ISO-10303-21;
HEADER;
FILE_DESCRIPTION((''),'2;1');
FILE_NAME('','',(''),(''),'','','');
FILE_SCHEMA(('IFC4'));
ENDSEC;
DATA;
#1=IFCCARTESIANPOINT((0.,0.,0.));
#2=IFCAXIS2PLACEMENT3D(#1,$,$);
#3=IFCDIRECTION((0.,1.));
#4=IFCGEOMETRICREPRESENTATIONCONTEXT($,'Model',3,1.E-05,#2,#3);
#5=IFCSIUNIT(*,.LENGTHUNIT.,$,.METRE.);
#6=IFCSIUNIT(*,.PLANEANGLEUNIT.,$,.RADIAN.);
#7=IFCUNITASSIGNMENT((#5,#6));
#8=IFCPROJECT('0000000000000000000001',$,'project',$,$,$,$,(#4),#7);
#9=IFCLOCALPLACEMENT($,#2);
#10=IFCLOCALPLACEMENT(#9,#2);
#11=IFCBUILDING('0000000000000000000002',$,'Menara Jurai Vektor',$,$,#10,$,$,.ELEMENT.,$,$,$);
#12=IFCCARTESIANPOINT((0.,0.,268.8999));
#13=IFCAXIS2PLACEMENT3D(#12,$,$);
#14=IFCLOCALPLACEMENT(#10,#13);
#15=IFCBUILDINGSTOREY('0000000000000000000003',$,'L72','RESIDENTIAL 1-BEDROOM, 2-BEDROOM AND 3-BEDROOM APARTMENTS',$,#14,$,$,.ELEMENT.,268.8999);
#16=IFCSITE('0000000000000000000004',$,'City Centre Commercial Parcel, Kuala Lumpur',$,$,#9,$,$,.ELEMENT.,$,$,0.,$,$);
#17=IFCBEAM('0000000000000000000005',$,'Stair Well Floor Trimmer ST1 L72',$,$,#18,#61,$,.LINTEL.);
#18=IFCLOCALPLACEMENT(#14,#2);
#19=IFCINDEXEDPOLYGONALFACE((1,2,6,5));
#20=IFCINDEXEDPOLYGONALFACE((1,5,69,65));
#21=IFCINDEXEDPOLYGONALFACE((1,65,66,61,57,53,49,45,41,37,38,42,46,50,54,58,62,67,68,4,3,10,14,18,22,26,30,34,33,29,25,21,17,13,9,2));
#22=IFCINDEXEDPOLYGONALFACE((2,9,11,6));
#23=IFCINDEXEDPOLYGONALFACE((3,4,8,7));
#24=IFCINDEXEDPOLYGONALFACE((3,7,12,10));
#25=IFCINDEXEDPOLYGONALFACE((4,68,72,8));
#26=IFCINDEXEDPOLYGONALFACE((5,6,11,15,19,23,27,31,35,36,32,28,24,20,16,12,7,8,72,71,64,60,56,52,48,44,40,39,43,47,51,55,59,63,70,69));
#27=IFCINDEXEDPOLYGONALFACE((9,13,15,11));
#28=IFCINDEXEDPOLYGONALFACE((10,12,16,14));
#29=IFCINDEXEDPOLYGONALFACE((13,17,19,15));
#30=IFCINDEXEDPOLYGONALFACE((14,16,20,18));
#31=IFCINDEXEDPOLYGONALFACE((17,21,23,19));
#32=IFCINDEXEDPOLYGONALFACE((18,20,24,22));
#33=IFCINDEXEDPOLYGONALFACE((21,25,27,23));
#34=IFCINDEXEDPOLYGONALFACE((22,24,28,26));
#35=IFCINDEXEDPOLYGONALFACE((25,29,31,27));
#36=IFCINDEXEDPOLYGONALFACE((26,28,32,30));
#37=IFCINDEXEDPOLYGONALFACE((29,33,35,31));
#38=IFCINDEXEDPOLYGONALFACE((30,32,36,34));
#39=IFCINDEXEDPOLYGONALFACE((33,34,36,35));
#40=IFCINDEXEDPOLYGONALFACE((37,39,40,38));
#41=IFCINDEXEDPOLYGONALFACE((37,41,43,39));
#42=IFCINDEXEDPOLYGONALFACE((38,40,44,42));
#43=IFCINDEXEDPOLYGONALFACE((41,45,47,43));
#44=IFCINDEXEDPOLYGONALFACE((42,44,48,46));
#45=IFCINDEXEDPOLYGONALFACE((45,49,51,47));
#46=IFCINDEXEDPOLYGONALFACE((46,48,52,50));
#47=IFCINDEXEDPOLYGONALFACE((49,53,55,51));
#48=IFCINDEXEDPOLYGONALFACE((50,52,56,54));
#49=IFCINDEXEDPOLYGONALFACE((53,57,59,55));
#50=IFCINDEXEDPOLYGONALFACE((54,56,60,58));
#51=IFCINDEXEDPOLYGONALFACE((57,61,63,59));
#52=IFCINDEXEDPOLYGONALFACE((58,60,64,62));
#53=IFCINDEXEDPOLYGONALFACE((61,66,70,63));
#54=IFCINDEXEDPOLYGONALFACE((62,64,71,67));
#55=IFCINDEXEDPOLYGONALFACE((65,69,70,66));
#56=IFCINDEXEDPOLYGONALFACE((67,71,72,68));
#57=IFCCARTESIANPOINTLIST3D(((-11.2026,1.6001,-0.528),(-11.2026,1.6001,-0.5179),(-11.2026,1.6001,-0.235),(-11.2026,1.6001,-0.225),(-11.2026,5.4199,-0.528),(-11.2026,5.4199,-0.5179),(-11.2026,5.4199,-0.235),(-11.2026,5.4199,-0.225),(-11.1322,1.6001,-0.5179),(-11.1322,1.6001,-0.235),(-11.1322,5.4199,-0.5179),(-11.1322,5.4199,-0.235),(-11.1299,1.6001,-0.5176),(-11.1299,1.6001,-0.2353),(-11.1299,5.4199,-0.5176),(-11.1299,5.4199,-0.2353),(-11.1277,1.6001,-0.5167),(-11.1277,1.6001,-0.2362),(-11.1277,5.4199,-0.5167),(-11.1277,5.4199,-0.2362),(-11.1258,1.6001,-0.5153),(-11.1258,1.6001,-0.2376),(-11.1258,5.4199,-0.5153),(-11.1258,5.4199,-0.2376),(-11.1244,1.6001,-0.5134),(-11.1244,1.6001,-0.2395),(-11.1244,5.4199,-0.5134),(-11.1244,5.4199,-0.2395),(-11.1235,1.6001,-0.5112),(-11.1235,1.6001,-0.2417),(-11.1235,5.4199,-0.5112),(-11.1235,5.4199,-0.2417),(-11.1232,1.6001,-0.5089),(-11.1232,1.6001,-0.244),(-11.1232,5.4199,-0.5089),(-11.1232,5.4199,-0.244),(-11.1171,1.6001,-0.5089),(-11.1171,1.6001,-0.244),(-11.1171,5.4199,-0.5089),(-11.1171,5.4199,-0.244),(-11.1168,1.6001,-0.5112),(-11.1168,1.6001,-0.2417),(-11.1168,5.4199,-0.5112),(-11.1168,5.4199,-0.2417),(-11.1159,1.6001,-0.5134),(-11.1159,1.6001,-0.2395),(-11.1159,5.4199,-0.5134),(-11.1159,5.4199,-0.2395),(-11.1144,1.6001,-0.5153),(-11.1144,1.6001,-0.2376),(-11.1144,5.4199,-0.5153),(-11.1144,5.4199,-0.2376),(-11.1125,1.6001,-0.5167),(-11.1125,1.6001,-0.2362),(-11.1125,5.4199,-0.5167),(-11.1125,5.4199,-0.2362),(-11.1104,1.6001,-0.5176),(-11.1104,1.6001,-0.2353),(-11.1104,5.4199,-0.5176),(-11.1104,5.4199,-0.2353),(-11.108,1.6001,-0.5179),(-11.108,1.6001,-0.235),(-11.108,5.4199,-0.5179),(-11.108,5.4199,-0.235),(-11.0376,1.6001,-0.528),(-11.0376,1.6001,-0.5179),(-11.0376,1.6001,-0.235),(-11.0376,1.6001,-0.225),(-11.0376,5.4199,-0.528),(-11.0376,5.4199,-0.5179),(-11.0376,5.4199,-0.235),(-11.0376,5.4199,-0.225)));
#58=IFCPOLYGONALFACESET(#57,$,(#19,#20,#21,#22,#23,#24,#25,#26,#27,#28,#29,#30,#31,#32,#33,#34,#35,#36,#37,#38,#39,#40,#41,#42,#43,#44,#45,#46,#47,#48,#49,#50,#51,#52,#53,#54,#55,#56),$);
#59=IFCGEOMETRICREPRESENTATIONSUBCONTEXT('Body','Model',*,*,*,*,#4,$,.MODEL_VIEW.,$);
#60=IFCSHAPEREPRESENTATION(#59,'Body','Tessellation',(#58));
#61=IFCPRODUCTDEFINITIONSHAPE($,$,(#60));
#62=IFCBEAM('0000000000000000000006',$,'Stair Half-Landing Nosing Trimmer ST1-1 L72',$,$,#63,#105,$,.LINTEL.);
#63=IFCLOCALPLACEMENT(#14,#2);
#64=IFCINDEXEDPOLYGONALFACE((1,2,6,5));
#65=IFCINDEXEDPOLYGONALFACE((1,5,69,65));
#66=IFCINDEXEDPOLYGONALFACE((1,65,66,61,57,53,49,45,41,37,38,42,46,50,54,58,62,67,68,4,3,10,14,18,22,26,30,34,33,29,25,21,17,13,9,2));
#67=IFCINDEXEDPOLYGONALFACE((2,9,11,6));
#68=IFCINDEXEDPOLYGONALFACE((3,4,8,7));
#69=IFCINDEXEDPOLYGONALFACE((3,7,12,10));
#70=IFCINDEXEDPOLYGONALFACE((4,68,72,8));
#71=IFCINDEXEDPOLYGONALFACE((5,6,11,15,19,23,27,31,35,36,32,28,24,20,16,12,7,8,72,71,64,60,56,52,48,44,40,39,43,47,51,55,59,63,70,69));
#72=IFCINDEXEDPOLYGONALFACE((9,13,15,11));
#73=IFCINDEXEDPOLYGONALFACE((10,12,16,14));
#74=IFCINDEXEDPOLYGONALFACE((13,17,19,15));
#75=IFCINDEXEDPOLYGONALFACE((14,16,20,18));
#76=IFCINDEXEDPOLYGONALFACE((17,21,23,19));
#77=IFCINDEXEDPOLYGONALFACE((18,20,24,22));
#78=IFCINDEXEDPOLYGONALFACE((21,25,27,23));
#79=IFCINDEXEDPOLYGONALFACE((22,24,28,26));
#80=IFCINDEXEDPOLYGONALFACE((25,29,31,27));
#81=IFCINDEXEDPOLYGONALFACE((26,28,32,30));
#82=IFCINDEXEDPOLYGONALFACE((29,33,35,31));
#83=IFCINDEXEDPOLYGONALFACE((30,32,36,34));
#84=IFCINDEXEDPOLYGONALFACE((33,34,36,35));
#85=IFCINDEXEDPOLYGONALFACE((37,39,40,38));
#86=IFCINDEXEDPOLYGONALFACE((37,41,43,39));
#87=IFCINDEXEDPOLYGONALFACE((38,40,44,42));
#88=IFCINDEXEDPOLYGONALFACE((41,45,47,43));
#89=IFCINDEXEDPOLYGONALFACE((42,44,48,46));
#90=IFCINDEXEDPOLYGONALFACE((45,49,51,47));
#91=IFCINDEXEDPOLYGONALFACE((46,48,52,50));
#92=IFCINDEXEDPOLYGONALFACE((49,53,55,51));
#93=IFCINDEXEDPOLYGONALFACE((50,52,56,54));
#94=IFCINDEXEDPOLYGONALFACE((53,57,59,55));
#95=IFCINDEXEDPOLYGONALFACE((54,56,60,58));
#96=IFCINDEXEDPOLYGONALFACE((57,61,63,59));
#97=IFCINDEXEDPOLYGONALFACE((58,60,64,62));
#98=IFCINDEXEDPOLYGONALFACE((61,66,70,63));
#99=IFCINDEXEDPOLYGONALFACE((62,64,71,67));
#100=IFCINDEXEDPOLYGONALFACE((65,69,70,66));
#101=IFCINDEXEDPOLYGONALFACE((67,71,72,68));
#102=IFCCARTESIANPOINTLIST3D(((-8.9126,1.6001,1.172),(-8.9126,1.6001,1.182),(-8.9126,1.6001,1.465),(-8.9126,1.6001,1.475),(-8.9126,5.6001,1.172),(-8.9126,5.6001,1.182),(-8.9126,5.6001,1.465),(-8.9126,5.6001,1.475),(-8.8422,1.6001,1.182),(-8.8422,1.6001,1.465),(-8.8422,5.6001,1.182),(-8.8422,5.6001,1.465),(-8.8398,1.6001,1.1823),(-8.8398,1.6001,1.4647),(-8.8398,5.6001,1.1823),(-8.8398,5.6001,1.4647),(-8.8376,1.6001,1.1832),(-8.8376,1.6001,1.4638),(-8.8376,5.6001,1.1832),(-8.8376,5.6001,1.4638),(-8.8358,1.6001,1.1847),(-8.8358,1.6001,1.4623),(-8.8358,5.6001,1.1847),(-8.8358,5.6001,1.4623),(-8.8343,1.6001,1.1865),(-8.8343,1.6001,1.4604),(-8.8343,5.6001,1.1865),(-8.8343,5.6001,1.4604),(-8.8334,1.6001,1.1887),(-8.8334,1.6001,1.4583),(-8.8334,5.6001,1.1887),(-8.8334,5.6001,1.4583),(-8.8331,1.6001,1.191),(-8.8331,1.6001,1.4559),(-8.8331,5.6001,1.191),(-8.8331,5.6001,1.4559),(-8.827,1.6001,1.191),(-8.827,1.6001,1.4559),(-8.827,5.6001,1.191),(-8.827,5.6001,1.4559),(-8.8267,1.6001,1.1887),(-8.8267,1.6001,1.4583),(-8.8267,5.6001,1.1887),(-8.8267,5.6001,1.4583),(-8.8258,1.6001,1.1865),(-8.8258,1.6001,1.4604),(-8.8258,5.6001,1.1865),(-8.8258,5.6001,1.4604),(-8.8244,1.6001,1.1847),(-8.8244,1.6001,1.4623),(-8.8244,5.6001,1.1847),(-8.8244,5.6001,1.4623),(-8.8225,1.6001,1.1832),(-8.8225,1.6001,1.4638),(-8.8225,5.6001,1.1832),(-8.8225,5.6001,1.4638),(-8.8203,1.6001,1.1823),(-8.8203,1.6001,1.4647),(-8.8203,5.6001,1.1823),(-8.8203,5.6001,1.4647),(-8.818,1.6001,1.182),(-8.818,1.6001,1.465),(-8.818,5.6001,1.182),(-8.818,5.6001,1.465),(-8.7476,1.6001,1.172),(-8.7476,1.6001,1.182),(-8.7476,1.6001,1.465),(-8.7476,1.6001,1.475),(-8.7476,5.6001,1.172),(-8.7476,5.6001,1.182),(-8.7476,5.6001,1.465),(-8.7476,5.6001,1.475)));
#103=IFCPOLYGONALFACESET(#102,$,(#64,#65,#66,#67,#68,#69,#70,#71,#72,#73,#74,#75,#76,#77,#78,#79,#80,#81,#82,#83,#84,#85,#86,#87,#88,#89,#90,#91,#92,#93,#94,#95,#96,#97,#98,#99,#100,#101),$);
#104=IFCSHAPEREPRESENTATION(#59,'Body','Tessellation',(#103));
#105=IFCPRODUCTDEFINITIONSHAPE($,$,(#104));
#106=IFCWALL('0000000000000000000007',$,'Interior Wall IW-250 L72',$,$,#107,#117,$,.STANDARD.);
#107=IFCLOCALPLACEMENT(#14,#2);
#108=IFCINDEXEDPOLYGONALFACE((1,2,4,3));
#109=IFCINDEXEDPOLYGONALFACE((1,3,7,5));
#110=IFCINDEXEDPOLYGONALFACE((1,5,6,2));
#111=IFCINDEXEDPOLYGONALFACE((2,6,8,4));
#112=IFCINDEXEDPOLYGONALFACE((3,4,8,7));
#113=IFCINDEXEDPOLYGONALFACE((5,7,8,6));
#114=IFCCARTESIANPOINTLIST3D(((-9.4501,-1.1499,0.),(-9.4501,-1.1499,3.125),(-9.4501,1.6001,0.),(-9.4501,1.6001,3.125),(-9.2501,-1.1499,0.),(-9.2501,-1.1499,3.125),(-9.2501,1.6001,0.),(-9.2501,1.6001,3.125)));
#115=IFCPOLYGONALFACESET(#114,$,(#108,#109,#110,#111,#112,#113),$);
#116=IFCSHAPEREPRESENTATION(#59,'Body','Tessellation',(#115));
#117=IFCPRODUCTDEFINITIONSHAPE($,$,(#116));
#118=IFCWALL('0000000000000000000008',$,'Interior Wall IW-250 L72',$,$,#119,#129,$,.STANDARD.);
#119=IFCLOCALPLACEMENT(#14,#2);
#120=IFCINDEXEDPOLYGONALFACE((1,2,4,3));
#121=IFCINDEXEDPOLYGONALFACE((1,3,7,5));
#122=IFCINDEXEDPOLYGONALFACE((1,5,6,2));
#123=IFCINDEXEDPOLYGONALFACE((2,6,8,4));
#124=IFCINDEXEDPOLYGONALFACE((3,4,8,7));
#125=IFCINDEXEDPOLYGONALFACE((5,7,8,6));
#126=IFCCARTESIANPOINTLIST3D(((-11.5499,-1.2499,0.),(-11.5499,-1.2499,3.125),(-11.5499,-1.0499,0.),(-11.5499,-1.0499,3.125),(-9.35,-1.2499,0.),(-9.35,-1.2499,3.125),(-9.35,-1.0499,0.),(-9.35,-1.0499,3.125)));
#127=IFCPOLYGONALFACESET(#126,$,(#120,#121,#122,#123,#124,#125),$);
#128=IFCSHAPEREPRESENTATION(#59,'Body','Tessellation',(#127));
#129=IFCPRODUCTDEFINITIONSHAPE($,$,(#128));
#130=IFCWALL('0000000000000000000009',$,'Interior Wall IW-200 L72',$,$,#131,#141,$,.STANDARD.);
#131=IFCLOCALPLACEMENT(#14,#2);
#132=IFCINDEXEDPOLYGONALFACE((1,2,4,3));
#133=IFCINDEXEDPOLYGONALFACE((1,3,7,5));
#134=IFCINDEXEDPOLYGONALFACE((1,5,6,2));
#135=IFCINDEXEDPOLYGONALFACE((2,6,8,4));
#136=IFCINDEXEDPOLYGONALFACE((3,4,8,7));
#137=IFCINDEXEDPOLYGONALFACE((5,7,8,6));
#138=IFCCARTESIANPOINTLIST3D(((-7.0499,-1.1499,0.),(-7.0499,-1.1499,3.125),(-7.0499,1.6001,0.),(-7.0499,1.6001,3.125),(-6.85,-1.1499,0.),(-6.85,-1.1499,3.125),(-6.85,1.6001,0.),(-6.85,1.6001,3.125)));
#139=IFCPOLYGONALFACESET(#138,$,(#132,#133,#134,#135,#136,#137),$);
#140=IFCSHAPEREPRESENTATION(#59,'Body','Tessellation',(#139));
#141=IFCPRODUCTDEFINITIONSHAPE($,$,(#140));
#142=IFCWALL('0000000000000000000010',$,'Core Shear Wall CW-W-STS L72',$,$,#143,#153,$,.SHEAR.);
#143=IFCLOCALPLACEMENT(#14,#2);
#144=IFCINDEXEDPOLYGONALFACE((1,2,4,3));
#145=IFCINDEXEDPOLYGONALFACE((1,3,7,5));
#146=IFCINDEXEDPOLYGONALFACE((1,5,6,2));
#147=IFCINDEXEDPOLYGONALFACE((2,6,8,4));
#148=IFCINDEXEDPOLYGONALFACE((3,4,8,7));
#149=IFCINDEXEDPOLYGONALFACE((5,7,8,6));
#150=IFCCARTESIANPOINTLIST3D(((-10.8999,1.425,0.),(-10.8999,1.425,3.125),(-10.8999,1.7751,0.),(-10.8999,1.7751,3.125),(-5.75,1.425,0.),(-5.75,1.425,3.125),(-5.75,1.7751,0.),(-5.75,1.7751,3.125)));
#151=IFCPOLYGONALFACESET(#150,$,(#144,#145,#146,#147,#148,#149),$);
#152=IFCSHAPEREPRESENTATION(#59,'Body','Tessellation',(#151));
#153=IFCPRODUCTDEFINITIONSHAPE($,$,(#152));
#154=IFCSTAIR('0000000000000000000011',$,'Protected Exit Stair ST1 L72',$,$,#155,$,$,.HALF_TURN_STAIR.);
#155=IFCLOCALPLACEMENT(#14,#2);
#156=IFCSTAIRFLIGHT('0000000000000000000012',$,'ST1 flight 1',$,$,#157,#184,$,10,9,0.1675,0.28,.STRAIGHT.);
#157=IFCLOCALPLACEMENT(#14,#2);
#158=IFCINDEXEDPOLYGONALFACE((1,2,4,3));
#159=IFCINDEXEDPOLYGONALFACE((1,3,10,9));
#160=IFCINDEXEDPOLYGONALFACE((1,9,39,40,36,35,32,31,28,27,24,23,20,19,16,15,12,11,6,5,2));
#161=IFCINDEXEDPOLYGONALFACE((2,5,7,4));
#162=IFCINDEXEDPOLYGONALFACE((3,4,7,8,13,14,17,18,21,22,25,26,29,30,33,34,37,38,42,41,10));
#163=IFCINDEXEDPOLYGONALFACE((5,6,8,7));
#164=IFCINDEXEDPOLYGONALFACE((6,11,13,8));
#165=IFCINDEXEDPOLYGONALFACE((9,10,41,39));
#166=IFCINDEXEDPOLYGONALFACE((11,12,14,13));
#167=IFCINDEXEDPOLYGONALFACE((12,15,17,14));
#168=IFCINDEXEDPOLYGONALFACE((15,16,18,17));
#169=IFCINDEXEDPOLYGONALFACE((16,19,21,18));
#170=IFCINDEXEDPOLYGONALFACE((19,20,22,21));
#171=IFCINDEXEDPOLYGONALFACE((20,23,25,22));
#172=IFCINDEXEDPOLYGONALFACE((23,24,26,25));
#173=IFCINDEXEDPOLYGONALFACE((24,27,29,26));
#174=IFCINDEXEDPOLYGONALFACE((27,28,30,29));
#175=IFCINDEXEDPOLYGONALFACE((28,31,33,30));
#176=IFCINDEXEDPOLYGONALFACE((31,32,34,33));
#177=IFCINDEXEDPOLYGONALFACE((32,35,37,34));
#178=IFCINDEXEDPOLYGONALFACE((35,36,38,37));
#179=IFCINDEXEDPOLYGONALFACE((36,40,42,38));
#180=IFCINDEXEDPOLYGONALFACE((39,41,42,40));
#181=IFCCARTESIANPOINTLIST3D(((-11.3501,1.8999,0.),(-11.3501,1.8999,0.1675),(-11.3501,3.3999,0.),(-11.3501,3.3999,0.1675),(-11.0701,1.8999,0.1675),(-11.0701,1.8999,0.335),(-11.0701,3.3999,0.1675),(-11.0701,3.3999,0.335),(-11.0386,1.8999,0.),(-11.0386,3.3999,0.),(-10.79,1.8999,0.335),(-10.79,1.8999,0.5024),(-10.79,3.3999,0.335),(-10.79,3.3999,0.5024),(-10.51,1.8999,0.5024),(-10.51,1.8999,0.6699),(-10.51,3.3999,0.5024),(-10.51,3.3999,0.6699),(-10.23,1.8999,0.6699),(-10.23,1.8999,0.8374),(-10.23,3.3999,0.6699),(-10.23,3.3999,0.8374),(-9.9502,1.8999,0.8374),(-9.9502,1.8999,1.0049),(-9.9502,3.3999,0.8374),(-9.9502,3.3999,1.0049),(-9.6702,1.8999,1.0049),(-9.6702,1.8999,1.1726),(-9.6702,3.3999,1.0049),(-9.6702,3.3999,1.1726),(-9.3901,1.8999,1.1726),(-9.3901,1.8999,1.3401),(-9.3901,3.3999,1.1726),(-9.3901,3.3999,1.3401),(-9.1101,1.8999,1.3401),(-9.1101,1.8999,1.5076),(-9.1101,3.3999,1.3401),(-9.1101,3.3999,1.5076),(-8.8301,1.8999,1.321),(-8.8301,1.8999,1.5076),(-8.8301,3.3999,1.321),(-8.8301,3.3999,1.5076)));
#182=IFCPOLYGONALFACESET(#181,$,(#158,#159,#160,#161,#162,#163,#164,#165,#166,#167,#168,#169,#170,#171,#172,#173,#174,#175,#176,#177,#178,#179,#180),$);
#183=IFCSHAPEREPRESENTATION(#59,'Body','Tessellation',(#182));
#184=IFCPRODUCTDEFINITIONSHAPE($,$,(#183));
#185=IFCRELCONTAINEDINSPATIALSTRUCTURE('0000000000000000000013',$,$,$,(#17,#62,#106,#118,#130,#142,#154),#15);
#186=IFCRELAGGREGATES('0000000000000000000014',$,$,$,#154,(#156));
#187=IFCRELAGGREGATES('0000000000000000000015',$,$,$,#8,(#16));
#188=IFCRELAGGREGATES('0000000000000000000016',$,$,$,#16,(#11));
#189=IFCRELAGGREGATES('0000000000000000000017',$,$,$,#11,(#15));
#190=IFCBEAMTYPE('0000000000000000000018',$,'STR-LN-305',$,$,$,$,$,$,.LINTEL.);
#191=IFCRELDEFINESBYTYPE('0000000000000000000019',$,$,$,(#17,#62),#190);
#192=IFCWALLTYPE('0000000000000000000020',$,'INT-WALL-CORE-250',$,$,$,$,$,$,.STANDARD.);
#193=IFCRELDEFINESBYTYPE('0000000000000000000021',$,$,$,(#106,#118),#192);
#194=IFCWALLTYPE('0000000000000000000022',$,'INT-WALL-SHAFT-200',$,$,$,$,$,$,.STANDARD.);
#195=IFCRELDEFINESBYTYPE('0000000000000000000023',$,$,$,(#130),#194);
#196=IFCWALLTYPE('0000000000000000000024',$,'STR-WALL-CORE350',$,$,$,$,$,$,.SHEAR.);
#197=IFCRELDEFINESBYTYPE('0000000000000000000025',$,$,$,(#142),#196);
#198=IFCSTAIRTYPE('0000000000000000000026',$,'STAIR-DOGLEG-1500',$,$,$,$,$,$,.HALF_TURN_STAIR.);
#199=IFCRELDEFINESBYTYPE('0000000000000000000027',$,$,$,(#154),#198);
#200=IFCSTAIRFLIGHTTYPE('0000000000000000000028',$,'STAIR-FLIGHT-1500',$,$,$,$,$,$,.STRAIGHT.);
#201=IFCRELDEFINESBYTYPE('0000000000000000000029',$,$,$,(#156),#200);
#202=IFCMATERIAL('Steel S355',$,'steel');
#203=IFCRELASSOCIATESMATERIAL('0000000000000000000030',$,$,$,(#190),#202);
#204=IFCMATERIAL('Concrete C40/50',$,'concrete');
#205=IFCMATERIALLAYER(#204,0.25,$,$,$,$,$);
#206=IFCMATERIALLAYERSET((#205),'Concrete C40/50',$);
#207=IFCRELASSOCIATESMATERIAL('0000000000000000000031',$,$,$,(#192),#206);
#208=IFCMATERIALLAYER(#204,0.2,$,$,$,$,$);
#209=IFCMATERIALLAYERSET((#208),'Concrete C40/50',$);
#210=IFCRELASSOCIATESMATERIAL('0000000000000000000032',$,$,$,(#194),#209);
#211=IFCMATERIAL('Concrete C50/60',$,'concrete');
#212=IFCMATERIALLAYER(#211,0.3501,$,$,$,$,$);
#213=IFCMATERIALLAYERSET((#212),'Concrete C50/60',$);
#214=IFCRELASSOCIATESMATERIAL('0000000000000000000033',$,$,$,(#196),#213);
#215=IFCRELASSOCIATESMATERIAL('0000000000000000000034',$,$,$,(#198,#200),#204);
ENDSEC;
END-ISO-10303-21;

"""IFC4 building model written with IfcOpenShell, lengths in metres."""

from ifc_helpers import new_model, si_unit, direction, frame, frame_2d, origin, origin_2d, place, context, subcontext, project, spatial, polyline, rectangle, i_section, outline, extrude, material, layer, layer_set, material_profile, profile_set, type_object, element, aggregate, save


model = new_model("IFC4")

# Units and contexts
model_context = context("Model", 3, precision=1e-05, world=origin(), true_north=direction((0.0, 1.0)))
body_context = subcontext(model_context, "Body", "Model", "MODEL_VIEW")
ifc_project = project(units=[si_unit("LENGTHUNIT", "METRE"), si_unit("PLANEANGLEUNIT", "RADIAN")], contexts=[model_context])

# Site, building, storey
site_placement = place(None, origin())
site = spatial("IfcSite", under=ifc_project, at=site_placement, Name="City Centre Commercial Parcel, Kuala Lumpur", CompositionType="ELEMENT", RefElevation=0.0)
building_placement = place(site_placement, origin())
building = spatial("IfcBuilding", under=site, at=building_placement, Name="Menara Jurai Vektor", CompositionType="ELEMENT")
storey_placement = place(building_placement, frame((0.0, 0.0, 268.8999)))
storey = spatial("IfcBuildingStorey", under=building, at=storey_placement, Name="L72", Description="RESIDENTIAL 1-BEDROOM, 2-BEDROOM AND 3-BEDROOM APARTMENTS", CompositionType="ELEMENT", Elevation=268.8999)

# Beams
ifc_material_1 = material(Name="Steel S355", Category="steel")
ifc_material_profile = material_profile(ifc_material_1, i_section(OverallWidth=0.165, OverallDepth=0.303, WebThickness=0.0061, FlangeThickness=0.01, FilletRadius=0.009, at=origin_2d()), Name="UKB 305x165x40")
ifc_profile_set = profile_set([ifc_material_profile], Name="Steel S355")
beam_type = type_object("IfcBeamType", Name="STR-LN-305", PredefinedType="LINTEL", material=ifc_profile_set)
beam_1_placement = place(storey_placement, frame((-11.1201, 1.6001, -0.3765), z_axis=(0.0, 1.0, 0.0), x_axis=(-1.0, 0.0, 0.0)))
element("IfcBeam", 1, at=beam_1_placement, inside=storey, type_object=beam_type, Name="Stair Well Floor Trimmer ST1 L72", PredefinedType="LINTEL", context=body_context, shape_type="SweptSolid", body=[
    extrude(i_section(OverallWidth=0.165, OverallDepth=0.303, WebThickness=0.0061, FlangeThickness=0.01, FilletRadius=0.009, at=origin_2d()), origin(), (0.0, 0.0, 1.0), 3.8198),
])
beam_2_placement = place(storey_placement, frame((-8.8301, 1.6001, 1.3235), z_axis=(0.0, 1.0, 0.0), x_axis=(-1.0, 0.0, 0.0)))
element("IfcBeam", 2, at=beam_2_placement, inside=storey, type_object=beam_type, Name="Stair Half-Landing Nosing Trimmer ST1-1 L72", PredefinedType="LINTEL", context=body_context, shape_type="SweptSolid", body=[
    extrude(i_section(OverallWidth=0.165, OverallDepth=0.303, WebThickness=0.0061, FlangeThickness=0.01, FilletRadius=0.009, at=origin_2d()), origin(), (0.0, 0.0, 1.0), 4.0),
])

# Shared definitions
ifc_material_2 = material(Name="Concrete C40/50", Category="concrete")
ifc_layer_1 = layer(ifc_material_2, 0.25)
ifc_layer_set_1 = layer_set([ifc_layer_1], Name="Concrete C40/50")
wall_type_1 = type_object("IfcWallType", Name="INT-WALL-CORE-250", PredefinedType="STANDARD", material=ifc_layer_set_1)

# Walls
wall_1_placement = place(storey_placement, frame((-9.3501, -1.1499, 0.0), z_axis=(0.0, 0.0, 1.0), x_axis=(0.0, 1.0, 0.0)))
element("IfcWall", 3, at=wall_1_placement, inside=storey, type_object=wall_type_1, Name="Interior Wall IW-250 L72", PredefinedType="STANDARD", context=body_context, shape_type="SweptSolid", body=[
    extrude(rectangle(XDim=2.75, YDim=0.2, at=frame_2d((1.375, 0.0))), origin(), (0.0, 0.0, 1.0), 3.125),
])
wall_2_placement = place(storey_placement, frame((-11.55, -1.1499, 0.0), z_axis=(0.0, 0.0, 1.0), x_axis=(1.0, 0.0, 0.0)))
element("IfcWall", 4, at=wall_2_placement, inside=storey, type_object=wall_type_1, Name="Interior Wall IW-250 L72", PredefinedType="STANDARD", context=body_context, shape_type="SweptSolid", body=[
    extrude(rectangle(XDim=2.2, YDim=0.2, at=frame_2d((1.1001, 0.0))), origin(), (0.0, 0.0, 1.0), 3.125),
])
ifc_layer_2 = layer(ifc_material_2, 0.2)
ifc_layer_set_2 = layer_set([ifc_layer_2], Name="Concrete C40/50")
wall_type_2 = type_object("IfcWallType", Name="INT-WALL-SHAFT-200", PredefinedType="STANDARD", material=ifc_layer_set_2)
wall_3_placement = place(storey_placement, frame((-6.95, -1.1499, 0.0), z_axis=(0.0, 0.0, 1.0), x_axis=(0.0, 1.0, 0.0)))
element("IfcWall", 5, at=wall_3_placement, inside=storey, type_object=wall_type_2, Name="Interior Wall IW-200 L72", PredefinedType="STANDARD", context=body_context, shape_type="SweptSolid", body=[
    extrude(rectangle(XDim=2.75, YDim=0.2, at=frame_2d((1.375, 0.0))), origin(), (0.0, 0.0, 1.0), 3.125),
])

# Wall
ifc_material_3 = material(Name="Concrete C50/60", Category="concrete")
ifc_layer_3 = layer(ifc_material_3, 0.3501)
ifc_layer_set_3 = layer_set([ifc_layer_3], Name="Concrete C50/60")
wall_type_3 = type_object("IfcWallType", Name="STR-WALL-CORE350", PredefinedType="SHEAR", material=ifc_layer_set_3)
wall_4_placement = place(storey_placement, frame((-10.8999, 1.6001, 0.0), z_axis=(0.0, 0.0, 1.0), x_axis=(1.0, 0.0, 0.0)))
element("IfcWall", 6, at=wall_4_placement, inside=storey, type_object=wall_type_3, Name="Core Shear Wall CW-W-STS L72", PredefinedType="SHEAR", context=body_context, shape_type="SweptSolid", body=[
    extrude(rectangle(XDim=5.1499, YDim=0.3501, at=frame_2d((2.575, 0.0))), origin(), (0.0, 0.0, 1.0), 3.125),
])

# Stair, stair flight
stair_type = type_object("IfcStairType", Name="STAIR-DOGLEG-1500", PredefinedType="HALF_TURN_STAIR", material=ifc_material_2)
stair_placement = place(storey_placement, origin())
stair = element("IfcStair", 7, at=stair_placement, inside=storey, type_object=stair_type, Name="Protected Exit Stair ST1 L72", PredefinedType="HALF_TURN_STAIR")
stair_flight_type = type_object("IfcStairFlightType", Name="STAIR-FLIGHT-1500", PredefinedType="STRAIGHT", material=ifc_material_2)
stair_flight_1_placement = place(storey_placement, frame((-11.3501, 2.6499, 0.0), z_axis=(0.0, 0.0, 1.0), x_axis=(1.0, 0.0, 0.0)))
stair_flight_1 = element("IfcStairFlight", 8, at=stair_flight_1_placement, type_object=stair_flight_type, Name="ST1 flight 1", NumberOfRisers=10, NumberOfTreads=9, PredefinedType="STRAIGHT", RiserHeight=0.1675, TreadLength=0.28, context=body_context, shape_type="SweptSolid", body=[
    extrude(outline(polyline([(0.0, 0.0), (0.0, 0.1675), (0.28, 0.1675), (0.28, 0.335), (0.5601, 0.335), (0.5601, 0.5024), (0.8401, 0.5024), (0.8401, 0.6699), (1.1201, 0.6699), (1.1201, 0.8374), (1.3999, 0.8374), (1.3999, 1.0049), (1.6799, 1.0049), (1.6799, 1.1726), (1.96, 1.1726), (1.96, 1.3401), (2.24, 1.3401), (2.24, 1.5076), (2.52, 1.5076), (2.52, 1.675), (2.52, 1.321), (0.3115, 0.0), (0.0, 0.0)])), frame((0.0, 0.75, 0.0), z_axis=(0.0, -1.0, 0.0), x_axis=(1.0, 0.0, 0.0)), (0.0, 0.0, 1.0), 1.5),
])
aggregate(stair, [stair_flight_1])

save(model, "model.ifc")
